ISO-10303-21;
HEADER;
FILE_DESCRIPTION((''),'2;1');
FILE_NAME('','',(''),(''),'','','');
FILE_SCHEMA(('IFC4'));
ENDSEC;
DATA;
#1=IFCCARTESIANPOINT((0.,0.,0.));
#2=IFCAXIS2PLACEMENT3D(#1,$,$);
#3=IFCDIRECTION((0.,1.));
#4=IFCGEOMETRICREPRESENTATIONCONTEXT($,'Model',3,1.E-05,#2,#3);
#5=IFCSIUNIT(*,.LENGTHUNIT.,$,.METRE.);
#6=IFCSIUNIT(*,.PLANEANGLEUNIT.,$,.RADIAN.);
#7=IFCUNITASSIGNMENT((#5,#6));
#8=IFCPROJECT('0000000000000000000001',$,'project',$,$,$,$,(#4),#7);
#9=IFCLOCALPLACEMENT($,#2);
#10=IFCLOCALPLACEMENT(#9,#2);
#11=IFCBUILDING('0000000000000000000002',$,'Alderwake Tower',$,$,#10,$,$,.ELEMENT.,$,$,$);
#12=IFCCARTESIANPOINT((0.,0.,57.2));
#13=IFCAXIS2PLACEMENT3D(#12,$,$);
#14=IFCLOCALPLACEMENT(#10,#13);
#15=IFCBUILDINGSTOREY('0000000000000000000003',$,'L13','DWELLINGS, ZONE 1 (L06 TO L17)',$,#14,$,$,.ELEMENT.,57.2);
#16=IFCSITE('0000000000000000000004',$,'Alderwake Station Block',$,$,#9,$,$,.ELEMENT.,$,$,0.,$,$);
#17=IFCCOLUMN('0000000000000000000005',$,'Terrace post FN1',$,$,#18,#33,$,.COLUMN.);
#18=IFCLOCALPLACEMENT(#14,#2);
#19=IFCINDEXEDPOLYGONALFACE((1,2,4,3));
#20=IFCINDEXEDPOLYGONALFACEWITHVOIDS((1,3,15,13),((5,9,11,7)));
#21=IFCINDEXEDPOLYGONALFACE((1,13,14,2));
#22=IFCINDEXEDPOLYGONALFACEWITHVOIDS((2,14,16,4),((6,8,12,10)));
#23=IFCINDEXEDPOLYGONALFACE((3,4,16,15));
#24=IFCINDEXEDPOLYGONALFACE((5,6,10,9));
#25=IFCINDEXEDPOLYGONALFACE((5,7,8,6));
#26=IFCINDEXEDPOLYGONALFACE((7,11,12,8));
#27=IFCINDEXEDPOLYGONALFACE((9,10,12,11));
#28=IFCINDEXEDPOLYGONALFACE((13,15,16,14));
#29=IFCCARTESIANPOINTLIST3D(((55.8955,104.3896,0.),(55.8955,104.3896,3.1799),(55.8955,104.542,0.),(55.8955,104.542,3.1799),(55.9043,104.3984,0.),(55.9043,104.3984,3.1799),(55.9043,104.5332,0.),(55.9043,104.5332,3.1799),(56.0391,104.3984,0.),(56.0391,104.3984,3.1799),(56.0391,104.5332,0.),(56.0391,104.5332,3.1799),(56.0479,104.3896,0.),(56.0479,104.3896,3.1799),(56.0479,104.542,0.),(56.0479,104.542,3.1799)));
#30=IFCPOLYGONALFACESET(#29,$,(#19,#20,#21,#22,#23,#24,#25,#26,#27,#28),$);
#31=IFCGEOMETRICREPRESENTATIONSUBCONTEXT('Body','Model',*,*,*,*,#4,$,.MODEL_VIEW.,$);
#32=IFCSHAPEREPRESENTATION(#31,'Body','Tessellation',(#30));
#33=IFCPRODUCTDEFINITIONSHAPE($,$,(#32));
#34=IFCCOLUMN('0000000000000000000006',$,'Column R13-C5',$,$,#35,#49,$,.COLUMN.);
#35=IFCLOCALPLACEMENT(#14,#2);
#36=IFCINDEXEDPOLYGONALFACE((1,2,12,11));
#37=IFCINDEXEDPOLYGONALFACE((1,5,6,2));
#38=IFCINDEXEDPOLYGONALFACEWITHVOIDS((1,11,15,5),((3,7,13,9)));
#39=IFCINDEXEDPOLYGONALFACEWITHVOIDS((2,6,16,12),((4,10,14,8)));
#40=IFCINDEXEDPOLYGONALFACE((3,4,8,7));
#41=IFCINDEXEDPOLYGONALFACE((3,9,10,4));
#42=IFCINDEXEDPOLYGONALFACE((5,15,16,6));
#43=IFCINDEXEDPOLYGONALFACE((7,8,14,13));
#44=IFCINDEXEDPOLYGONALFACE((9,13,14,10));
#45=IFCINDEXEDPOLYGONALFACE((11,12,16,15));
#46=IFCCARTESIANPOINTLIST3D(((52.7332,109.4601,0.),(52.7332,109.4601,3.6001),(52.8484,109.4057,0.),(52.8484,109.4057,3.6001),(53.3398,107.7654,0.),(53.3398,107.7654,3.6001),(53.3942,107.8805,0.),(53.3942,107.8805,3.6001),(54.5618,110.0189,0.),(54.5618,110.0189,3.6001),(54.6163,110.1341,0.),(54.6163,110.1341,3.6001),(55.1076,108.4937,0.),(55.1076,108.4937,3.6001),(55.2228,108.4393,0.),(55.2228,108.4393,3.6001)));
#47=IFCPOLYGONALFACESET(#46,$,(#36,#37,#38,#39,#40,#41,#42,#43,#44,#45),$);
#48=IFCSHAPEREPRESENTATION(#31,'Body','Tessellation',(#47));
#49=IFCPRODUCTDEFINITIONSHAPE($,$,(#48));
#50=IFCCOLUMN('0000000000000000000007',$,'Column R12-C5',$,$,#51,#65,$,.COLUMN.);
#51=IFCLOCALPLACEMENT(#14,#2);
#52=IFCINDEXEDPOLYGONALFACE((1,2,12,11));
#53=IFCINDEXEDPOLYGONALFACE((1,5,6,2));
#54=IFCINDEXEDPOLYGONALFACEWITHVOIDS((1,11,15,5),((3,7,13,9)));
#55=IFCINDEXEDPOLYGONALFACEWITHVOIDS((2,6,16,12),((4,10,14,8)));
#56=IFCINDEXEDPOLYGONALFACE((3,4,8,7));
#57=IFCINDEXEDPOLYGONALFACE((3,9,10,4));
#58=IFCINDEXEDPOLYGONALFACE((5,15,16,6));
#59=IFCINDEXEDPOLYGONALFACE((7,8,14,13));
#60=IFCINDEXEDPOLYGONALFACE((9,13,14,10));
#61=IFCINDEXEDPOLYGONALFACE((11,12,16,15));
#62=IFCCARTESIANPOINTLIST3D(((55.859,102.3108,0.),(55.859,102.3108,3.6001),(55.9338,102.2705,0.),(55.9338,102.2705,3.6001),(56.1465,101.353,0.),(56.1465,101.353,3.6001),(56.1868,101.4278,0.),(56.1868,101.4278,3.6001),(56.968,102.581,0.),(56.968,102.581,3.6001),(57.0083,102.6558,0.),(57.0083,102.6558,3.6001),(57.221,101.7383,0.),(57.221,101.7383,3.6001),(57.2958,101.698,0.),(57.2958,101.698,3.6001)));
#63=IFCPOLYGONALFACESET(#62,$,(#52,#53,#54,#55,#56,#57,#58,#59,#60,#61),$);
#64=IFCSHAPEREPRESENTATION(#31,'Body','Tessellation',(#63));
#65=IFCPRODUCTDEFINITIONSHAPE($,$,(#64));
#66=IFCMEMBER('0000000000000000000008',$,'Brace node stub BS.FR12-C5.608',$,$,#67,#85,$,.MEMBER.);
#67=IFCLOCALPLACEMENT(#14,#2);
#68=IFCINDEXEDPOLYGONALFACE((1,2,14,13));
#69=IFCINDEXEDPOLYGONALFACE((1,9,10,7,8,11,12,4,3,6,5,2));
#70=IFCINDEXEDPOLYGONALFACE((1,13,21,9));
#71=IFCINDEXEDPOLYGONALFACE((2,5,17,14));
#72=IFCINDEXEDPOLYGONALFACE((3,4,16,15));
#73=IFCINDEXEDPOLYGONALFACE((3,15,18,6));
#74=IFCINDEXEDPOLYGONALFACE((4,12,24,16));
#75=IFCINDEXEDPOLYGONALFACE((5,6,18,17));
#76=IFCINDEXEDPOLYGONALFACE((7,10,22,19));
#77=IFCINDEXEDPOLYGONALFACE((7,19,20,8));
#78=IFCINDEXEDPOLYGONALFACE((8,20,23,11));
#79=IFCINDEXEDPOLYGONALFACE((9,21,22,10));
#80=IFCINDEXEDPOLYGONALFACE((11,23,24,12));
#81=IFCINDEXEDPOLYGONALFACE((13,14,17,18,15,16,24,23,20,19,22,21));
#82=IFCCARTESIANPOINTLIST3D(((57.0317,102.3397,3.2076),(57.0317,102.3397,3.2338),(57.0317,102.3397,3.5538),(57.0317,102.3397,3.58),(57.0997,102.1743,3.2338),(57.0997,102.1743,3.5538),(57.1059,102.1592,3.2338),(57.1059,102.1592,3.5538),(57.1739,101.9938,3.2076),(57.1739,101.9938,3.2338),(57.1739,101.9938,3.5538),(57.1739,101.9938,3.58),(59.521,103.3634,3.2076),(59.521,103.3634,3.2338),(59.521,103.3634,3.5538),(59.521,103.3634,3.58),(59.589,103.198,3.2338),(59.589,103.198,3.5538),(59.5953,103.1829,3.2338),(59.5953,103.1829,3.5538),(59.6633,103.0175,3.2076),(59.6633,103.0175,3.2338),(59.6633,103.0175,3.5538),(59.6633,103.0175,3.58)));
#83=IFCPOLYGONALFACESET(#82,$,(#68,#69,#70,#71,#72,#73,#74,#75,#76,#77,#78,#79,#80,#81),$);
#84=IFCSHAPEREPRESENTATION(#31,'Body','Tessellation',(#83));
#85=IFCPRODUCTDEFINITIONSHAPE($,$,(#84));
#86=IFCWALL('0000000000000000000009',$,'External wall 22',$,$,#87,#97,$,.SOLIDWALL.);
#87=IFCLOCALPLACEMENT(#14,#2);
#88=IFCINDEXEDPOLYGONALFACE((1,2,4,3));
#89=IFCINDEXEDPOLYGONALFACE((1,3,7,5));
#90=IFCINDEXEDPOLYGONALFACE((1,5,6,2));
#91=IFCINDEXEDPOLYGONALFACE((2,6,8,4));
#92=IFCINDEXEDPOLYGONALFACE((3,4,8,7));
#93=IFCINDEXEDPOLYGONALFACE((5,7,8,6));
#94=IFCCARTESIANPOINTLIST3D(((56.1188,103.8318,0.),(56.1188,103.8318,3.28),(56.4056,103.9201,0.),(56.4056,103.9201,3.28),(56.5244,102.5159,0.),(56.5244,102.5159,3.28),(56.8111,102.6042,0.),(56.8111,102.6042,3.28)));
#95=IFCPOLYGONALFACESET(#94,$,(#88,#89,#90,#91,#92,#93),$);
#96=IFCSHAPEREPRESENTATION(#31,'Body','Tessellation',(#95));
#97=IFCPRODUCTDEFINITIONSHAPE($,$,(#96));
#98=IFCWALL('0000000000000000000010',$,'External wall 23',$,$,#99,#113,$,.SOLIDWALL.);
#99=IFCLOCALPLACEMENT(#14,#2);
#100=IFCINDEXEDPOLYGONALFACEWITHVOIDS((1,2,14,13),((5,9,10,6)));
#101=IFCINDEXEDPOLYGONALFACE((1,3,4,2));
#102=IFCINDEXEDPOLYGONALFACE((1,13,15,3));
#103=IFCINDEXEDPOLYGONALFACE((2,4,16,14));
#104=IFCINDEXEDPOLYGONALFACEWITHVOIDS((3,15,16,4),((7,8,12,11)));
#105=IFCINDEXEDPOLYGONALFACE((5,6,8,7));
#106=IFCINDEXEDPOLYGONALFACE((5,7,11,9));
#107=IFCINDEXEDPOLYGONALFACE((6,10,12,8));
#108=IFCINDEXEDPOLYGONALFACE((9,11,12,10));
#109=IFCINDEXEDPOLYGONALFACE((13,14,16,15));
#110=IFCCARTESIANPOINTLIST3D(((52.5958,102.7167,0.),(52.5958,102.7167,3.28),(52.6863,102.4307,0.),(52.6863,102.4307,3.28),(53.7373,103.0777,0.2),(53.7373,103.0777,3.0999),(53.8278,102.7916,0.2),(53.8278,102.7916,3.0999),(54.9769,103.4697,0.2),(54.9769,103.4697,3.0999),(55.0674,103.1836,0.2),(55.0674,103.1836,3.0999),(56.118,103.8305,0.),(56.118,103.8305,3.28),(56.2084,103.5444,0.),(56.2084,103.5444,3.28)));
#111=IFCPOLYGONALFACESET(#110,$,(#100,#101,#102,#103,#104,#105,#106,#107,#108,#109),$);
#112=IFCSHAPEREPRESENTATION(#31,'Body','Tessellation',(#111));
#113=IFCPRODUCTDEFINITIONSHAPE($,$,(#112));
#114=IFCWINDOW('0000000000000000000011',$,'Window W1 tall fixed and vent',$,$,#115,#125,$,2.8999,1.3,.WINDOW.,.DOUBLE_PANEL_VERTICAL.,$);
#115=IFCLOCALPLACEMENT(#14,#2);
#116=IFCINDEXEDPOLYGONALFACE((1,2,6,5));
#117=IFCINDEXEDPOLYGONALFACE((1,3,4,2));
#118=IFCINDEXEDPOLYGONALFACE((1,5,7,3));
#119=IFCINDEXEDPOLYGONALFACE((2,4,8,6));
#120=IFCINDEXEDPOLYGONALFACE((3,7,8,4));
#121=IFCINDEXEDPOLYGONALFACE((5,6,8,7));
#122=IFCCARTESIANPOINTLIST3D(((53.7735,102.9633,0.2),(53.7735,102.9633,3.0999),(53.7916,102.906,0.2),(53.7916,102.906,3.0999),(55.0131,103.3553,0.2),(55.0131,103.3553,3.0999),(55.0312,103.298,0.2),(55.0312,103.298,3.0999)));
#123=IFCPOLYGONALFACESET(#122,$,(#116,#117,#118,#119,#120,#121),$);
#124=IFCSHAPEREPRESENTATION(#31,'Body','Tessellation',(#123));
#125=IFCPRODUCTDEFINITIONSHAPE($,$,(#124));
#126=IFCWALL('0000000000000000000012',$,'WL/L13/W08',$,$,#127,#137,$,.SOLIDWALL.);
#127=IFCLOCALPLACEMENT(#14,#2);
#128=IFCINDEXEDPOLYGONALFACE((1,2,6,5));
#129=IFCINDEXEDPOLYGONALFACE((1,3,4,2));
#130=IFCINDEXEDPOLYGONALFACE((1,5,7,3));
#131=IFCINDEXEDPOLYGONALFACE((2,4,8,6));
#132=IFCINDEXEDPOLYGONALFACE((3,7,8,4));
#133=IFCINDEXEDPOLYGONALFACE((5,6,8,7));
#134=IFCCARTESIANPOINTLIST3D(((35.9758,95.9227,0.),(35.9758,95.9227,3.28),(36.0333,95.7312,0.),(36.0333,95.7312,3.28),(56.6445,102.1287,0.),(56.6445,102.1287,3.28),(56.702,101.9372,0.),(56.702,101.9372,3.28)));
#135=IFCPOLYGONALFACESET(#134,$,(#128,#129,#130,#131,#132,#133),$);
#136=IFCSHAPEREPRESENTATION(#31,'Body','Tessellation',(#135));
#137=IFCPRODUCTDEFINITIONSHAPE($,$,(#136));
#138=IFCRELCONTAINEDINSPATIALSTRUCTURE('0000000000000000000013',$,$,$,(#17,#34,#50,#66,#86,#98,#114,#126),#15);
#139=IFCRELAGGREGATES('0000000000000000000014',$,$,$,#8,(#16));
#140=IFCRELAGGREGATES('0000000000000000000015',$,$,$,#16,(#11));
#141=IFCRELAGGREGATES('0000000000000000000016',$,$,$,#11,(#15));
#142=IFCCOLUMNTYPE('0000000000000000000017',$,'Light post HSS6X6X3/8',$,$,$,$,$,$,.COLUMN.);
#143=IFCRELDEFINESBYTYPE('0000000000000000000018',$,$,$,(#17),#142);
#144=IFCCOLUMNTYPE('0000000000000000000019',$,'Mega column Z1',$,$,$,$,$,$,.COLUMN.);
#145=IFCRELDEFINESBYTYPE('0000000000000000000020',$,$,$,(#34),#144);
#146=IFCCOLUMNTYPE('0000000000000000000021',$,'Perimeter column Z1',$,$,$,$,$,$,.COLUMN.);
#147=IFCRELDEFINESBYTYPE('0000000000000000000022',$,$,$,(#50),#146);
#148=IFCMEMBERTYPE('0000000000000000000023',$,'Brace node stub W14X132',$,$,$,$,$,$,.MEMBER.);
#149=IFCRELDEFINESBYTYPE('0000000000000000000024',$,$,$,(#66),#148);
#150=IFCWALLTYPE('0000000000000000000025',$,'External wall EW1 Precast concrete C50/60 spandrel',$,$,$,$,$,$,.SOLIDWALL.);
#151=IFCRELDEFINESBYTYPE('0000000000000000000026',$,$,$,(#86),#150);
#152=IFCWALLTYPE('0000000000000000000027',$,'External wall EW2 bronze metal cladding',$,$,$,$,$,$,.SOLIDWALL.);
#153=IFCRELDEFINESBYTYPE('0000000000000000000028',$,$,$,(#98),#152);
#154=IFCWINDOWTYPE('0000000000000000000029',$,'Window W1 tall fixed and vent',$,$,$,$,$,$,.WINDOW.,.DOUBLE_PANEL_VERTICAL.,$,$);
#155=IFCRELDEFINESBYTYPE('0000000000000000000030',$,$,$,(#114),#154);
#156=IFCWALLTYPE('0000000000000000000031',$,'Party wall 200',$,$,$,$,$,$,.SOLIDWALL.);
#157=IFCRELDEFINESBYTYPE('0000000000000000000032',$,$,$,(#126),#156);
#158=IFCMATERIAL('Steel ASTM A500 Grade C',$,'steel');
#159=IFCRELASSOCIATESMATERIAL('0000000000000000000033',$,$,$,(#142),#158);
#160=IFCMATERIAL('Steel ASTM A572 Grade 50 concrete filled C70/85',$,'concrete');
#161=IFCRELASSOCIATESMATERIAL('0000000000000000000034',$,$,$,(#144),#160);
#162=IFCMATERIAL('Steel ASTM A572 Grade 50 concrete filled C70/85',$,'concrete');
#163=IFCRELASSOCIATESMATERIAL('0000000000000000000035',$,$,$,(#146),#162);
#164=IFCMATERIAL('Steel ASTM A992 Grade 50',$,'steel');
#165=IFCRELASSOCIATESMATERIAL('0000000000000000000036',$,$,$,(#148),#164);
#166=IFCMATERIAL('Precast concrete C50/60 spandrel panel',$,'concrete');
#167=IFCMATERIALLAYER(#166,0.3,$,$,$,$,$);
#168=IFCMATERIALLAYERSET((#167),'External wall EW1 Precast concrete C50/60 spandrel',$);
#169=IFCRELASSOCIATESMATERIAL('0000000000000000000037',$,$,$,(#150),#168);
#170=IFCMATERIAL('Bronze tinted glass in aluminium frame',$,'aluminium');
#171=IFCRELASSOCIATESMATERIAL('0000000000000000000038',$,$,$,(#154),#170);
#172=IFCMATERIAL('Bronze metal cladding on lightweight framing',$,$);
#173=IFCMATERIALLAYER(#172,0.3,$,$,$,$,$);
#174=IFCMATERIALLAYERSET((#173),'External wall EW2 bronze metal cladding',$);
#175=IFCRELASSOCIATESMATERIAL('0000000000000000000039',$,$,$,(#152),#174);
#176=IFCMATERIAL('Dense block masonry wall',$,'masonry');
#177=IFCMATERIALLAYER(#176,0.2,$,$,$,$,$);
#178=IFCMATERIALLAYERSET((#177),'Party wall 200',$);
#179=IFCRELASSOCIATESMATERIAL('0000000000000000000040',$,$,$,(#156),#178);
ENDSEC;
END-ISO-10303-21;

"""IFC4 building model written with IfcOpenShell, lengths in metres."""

from ifc_helpers import new_model, si_unit, direction, frame, frame_2d, origin, origin_2d, place, context, subcontext, project, spatial, rectangle, hollow_rectangle, i_section, extrude, material, layer, layer_set, material_profile, profile_set, type_object, element, fill, save


model = new_model("IFC4")

# Units and contexts
model_context = context("Model", 3, precision=1e-05, world=origin(), true_north=direction((0.0, 1.0)))
body_context = subcontext(model_context, "Body", "Model", "MODEL_VIEW")
ifc_project = project(units=[si_unit("LENGTHUNIT", "METRE"), si_unit("PLANEANGLEUNIT", "RADIAN")], contexts=[model_context])

# Site, building, storey
site_placement = place(None, origin())
site = spatial("IfcSite", under=ifc_project, at=site_placement, Name="Alderwake Station Block", CompositionType="ELEMENT", RefElevation=0.0)
building_placement = place(site_placement, origin())
building = spatial("IfcBuilding", under=site, at=building_placement, Name="Alderwake Tower", CompositionType="ELEMENT")
storey_placement = place(building_placement, frame((0.0, 0.0, 57.2)))
storey = spatial("IfcBuildingStorey", under=building, at=storey_placement, Name="L13", Description="DWELLINGS, ZONE 1 (L06 TO L17)", CompositionType="ELEMENT", Elevation=57.2)

# Columns
ifc_material_1 = material(Name="Steel ASTM A500 Grade C", Category="steel")
ifc_material_profile_1 = material_profile(ifc_material_1, hollow_rectangle(XDim=0.1523, YDim=0.1523, WallThickness=0.0088, at=origin_2d()), Name="HSS6X6X3/8")
ifc_profile_set_1 = profile_set([ifc_material_profile_1], Name="Steel ASTM A500 Grade C")
column_type_1 = type_object("IfcColumnType", Name="Light post HSS6X6X3/8", PredefinedType="COLUMN", material=ifc_profile_set_1)
column_1_placement = place(storey_placement, frame((55.9717, 104.4658, 0.0), z_axis=(0.0, 0.0, 1.0), x_axis=(1.0, 0.0, 0.0)))
element("IfcColumn", 1, at=column_1_placement, inside=storey, type_object=column_type_1, Name="Terrace post FN1", PredefinedType="COLUMN", context=body_context, shape_type="SweptSolid", body=[
    extrude(hollow_rectangle(XDim=0.1523, YDim=0.1523, WallThickness=0.0088, at=origin_2d()), origin(), (0.0, 0.0, 1.0), 3.1799),
])
ifc_material_2 = material(Name="Steel ASTM A572 Grade 50 concrete filled C70/85", Category="concrete")
ifc_material_profile_2 = material_profile(ifc_material_2, hollow_rectangle(XDim=1.8, YDim=2.0, WallThickness=0.0901, at=origin_2d()), Name="BOX 2000X1800X90")
ifc_profile_set_2 = profile_set([ifc_material_profile_2], Name="Steel ASTM A572 Grade 50 concrete filled C70/85")
column_type_2 = type_object("IfcColumnType", Name="Mega column Z1", PredefinedType="COLUMN", material=ifc_profile_set_2)
column_2_placement = place(storey_placement, frame((53.978, 108.9497, 0.0), z_axis=(0.0, 0.0, 1.0), x_axis=(-0.336962, 0.941518, 0.0)))
element("IfcColumn", 2, at=column_2_placement, inside=storey, type_object=column_type_2, Name="Column R13-C5", PredefinedType="COLUMN", context=body_context, shape_type="SweptSolid", body=[
    extrude(hollow_rectangle(XDim=1.8, YDim=2.0, WallThickness=0.0901, at=origin_2d()), origin(), (0.0, 0.0, 1.0), 3.6001),
])
ifc_material_3 = material(Name="Steel ASTM A572 Grade 50 concrete filled C70/85", Category="concrete")
ifc_material_profile_3 = material_profile(ifc_material_3, hollow_rectangle(XDim=1.0, YDim=1.2, WallThickness=0.0601, at=origin_2d()), Name="BOX 1200X1000X60")
ifc_profile_set_3 = profile_set([ifc_material_profile_3], Name="Steel ASTM A572 Grade 50 concrete filled C70/85")
column_type_3 = type_object("IfcColumnType", Name="Perimeter column Z1", PredefinedType="COLUMN", material=ifc_profile_set_3)
column_3_placement = place(storey_placement, frame((56.5774, 102.0044, 0.0), z_axis=(0.0, 0.0, 1.0), x_axis=(-0.287549, 0.957766, 0.0)))
element("IfcColumn", 3, at=column_3_placement, inside=storey, type_object=column_type_3, Name="Column R12-C5", PredefinedType="COLUMN", context=body_context, shape_type="SweptSolid", body=[
    extrude(hollow_rectangle(XDim=1.0, YDim=1.2, WallThickness=0.0601, at=origin_2d()), origin(), (0.0, 0.0, 1.0), 3.6001),
])

# Member
ifc_material_4 = material(Name="Steel ASTM A992 Grade 50", Category="steel")
ifc_material_profile_4 = material_profile(ifc_material_4, i_section(OverallWidth=0.374, OverallDepth=0.3723, WebThickness=0.0164, FlangeThickness=0.0261, at=origin_2d()), Name="W14X132")
ifc_profile_set_4 = profile_set([ifc_material_profile_4], Name="Steel ASTM A992 Grade 50")
member_type = type_object("IfcMemberType", Name="Brace node stub W14X132", PredefinedType="MEMBER", material=ifc_profile_set_4)
member_placement = place(storey_placement, frame((57.1028, 102.1667, 3.3938), z_axis=(0.924849, 0.380335, 0.0), x_axis=(-0.380335, 0.924849, 0.0)))
element("IfcMember", 4, at=member_placement, inside=storey, type_object=member_type, Name="Brace node stub BS.FR12-C5.608", PredefinedType="MEMBER", context=body_context, shape_type="SweptSolid", body=[
    extrude(i_section(OverallWidth=0.374, OverallDepth=0.3723, WebThickness=0.0164, FlangeThickness=0.0261, at=origin_2d()), origin(), (0.0, 0.0, 1.0), 2.6917),
])

# Shared definitions
ifc_material_5 = material(Name="Precast concrete C50/60 spandrel panel", Category="concrete")
ifc_layer_1 = layer(ifc_material_5, 0.3)
ifc_layer_set_1 = layer_set([ifc_layer_1], Name="External wall EW1 Precast concrete C50/60 spandrel")
wall_type_1 = type_object("IfcWallType", Name="External wall EW1 Precast concrete C50/60 spandrel", PredefinedType="SOLIDWALL", material=ifc_layer_set_1)
ifc_material_6 = material(Name="Bronze tinted glass in aluminium frame", Category="aluminium")
window_type = type_object("IfcWindowType", Name="Window W1 tall fixed and vent", PartitioningType="DOUBLE_PANEL_VERTICAL", PredefinedType="WINDOW", material=ifc_material_6)

# Wall
wall_1_placement = place(storey_placement, frame((56.6677, 102.5601, 0.0), z_axis=(0.0, 0.0, 1.0), x_axis=(-0.294497, 0.955652, 0.0)))
element("IfcWall", 5, at=wall_1_placement, inside=storey, type_object=wall_type_1, Name="External wall 22", PredefinedType="SOLIDWALL", context=body_context, shape_type="SweptSolid", body=[
    extrude(rectangle(XDim=1.377, YDim=0.3, at=frame_2d((0.6885, 0.0))), origin(), (0.0, 0.0, 1.0), 3.28),
])

# Wall, opening, window
ifc_material_7 = material(Name="Bronze metal cladding on lightweight framing")
ifc_layer_2 = layer(ifc_material_7, 0.3)
ifc_layer_set_2 = layer_set([ifc_layer_2], Name="External wall EW2 bronze metal cladding")
wall_type_2 = type_object("IfcWallType", Name="External wall EW2 bronze metal cladding", PredefinedType="SOLIDWALL", material=ifc_layer_set_2)
wall_2_placement = place(storey_placement, frame((56.1633, 103.6875, 0.0), z_axis=(0.0, 0.0, 1.0), x_axis=(-0.953467, -0.301498, 0.0)))
wall_2 = element("IfcWall", 6, at=wall_2_placement, inside=storey, type_object=wall_type_2, Name="External wall 23", PredefinedType="SOLIDWALL", context=body_context, shape_type="SweptSolid", body=[
    extrude(rectangle(XDim=3.6941, YDim=0.3, at=frame_2d((1.8472, 0.0))), origin(), (0.0, 0.0, 1.0), 3.28),
])
opening_1_placement = place(wall_2_placement, frame((1.197, 0.0, 0.2)))
opening_1 = element("IfcOpeningElement", 7, at=opening_1_placement, cuts=wall_2, PredefinedType="OPENING", context=body_context, shape_type="SweptSolid", body=[
    extrude(rectangle(XDim=1.3, YDim=2.8999, at=frame_2d((0.6499, 1.45))), frame((0.0, 0.1599, 0.0), z_axis=(0.0, -1.0, 0.0), x_axis=(1.0, 0.0, 0.0)), (0.0, 0.0, 1.0), 0.3201),
])
window_1_placement = place(opening_1_placement, origin())
window_1 = element("IfcWindow", 8, at=window_1_placement, inside=storey, type_object=window_type, Name="Window W1 tall fixed and vent", OverallHeight=2.8999, OverallWidth=1.3, PartitioningType="DOUBLE_PANEL_VERTICAL", PredefinedType="WINDOW", context=body_context, shape_type="SweptSolid", body=[
    extrude(rectangle(XDim=1.3, YDim=2.8999, at=frame_2d((0.6499, 1.45))), frame((0.0, 0.03, 0.0), z_axis=(0.0, -1.0, 0.0), x_axis=(1.0, 0.0, 0.0)), (0.0, 0.0, 1.0), 0.0601),
])
fill(opening_1, window_1)

# Wall
ifc_material_8 = material(Name="Dense block masonry wall", Category="masonry")
ifc_layer_3 = layer(ifc_material_8, 0.2)
ifc_layer_set_3 = layer_set([ifc_layer_3], Name="Party wall 200")
wall_type_3 = type_object("IfcWallType", Name="Party wall 200", PredefinedType="SOLIDWALL", material=ifc_layer_set_3)
wall_3_placement = place(storey_placement, frame((56.6731, 102.033, 0.0), z_axis=(0.0, 0.0, 1.0), x_axis=(-0.957757, -0.287579, 0.0)))
element("IfcWall", 9, at=wall_3_placement, inside=storey, type_object=wall_type_3, Name="WL/L13/W08", PredefinedType="SOLIDWALL", context=body_context, shape_type="SweptSolid", body=[
    extrude(rectangle(XDim=21.5803, YDim=0.2, at=frame_2d((10.79, 0.0))), origin(), (0.0, 0.0, 1.0), 3.28),
])

save(model, "model.ifc")
